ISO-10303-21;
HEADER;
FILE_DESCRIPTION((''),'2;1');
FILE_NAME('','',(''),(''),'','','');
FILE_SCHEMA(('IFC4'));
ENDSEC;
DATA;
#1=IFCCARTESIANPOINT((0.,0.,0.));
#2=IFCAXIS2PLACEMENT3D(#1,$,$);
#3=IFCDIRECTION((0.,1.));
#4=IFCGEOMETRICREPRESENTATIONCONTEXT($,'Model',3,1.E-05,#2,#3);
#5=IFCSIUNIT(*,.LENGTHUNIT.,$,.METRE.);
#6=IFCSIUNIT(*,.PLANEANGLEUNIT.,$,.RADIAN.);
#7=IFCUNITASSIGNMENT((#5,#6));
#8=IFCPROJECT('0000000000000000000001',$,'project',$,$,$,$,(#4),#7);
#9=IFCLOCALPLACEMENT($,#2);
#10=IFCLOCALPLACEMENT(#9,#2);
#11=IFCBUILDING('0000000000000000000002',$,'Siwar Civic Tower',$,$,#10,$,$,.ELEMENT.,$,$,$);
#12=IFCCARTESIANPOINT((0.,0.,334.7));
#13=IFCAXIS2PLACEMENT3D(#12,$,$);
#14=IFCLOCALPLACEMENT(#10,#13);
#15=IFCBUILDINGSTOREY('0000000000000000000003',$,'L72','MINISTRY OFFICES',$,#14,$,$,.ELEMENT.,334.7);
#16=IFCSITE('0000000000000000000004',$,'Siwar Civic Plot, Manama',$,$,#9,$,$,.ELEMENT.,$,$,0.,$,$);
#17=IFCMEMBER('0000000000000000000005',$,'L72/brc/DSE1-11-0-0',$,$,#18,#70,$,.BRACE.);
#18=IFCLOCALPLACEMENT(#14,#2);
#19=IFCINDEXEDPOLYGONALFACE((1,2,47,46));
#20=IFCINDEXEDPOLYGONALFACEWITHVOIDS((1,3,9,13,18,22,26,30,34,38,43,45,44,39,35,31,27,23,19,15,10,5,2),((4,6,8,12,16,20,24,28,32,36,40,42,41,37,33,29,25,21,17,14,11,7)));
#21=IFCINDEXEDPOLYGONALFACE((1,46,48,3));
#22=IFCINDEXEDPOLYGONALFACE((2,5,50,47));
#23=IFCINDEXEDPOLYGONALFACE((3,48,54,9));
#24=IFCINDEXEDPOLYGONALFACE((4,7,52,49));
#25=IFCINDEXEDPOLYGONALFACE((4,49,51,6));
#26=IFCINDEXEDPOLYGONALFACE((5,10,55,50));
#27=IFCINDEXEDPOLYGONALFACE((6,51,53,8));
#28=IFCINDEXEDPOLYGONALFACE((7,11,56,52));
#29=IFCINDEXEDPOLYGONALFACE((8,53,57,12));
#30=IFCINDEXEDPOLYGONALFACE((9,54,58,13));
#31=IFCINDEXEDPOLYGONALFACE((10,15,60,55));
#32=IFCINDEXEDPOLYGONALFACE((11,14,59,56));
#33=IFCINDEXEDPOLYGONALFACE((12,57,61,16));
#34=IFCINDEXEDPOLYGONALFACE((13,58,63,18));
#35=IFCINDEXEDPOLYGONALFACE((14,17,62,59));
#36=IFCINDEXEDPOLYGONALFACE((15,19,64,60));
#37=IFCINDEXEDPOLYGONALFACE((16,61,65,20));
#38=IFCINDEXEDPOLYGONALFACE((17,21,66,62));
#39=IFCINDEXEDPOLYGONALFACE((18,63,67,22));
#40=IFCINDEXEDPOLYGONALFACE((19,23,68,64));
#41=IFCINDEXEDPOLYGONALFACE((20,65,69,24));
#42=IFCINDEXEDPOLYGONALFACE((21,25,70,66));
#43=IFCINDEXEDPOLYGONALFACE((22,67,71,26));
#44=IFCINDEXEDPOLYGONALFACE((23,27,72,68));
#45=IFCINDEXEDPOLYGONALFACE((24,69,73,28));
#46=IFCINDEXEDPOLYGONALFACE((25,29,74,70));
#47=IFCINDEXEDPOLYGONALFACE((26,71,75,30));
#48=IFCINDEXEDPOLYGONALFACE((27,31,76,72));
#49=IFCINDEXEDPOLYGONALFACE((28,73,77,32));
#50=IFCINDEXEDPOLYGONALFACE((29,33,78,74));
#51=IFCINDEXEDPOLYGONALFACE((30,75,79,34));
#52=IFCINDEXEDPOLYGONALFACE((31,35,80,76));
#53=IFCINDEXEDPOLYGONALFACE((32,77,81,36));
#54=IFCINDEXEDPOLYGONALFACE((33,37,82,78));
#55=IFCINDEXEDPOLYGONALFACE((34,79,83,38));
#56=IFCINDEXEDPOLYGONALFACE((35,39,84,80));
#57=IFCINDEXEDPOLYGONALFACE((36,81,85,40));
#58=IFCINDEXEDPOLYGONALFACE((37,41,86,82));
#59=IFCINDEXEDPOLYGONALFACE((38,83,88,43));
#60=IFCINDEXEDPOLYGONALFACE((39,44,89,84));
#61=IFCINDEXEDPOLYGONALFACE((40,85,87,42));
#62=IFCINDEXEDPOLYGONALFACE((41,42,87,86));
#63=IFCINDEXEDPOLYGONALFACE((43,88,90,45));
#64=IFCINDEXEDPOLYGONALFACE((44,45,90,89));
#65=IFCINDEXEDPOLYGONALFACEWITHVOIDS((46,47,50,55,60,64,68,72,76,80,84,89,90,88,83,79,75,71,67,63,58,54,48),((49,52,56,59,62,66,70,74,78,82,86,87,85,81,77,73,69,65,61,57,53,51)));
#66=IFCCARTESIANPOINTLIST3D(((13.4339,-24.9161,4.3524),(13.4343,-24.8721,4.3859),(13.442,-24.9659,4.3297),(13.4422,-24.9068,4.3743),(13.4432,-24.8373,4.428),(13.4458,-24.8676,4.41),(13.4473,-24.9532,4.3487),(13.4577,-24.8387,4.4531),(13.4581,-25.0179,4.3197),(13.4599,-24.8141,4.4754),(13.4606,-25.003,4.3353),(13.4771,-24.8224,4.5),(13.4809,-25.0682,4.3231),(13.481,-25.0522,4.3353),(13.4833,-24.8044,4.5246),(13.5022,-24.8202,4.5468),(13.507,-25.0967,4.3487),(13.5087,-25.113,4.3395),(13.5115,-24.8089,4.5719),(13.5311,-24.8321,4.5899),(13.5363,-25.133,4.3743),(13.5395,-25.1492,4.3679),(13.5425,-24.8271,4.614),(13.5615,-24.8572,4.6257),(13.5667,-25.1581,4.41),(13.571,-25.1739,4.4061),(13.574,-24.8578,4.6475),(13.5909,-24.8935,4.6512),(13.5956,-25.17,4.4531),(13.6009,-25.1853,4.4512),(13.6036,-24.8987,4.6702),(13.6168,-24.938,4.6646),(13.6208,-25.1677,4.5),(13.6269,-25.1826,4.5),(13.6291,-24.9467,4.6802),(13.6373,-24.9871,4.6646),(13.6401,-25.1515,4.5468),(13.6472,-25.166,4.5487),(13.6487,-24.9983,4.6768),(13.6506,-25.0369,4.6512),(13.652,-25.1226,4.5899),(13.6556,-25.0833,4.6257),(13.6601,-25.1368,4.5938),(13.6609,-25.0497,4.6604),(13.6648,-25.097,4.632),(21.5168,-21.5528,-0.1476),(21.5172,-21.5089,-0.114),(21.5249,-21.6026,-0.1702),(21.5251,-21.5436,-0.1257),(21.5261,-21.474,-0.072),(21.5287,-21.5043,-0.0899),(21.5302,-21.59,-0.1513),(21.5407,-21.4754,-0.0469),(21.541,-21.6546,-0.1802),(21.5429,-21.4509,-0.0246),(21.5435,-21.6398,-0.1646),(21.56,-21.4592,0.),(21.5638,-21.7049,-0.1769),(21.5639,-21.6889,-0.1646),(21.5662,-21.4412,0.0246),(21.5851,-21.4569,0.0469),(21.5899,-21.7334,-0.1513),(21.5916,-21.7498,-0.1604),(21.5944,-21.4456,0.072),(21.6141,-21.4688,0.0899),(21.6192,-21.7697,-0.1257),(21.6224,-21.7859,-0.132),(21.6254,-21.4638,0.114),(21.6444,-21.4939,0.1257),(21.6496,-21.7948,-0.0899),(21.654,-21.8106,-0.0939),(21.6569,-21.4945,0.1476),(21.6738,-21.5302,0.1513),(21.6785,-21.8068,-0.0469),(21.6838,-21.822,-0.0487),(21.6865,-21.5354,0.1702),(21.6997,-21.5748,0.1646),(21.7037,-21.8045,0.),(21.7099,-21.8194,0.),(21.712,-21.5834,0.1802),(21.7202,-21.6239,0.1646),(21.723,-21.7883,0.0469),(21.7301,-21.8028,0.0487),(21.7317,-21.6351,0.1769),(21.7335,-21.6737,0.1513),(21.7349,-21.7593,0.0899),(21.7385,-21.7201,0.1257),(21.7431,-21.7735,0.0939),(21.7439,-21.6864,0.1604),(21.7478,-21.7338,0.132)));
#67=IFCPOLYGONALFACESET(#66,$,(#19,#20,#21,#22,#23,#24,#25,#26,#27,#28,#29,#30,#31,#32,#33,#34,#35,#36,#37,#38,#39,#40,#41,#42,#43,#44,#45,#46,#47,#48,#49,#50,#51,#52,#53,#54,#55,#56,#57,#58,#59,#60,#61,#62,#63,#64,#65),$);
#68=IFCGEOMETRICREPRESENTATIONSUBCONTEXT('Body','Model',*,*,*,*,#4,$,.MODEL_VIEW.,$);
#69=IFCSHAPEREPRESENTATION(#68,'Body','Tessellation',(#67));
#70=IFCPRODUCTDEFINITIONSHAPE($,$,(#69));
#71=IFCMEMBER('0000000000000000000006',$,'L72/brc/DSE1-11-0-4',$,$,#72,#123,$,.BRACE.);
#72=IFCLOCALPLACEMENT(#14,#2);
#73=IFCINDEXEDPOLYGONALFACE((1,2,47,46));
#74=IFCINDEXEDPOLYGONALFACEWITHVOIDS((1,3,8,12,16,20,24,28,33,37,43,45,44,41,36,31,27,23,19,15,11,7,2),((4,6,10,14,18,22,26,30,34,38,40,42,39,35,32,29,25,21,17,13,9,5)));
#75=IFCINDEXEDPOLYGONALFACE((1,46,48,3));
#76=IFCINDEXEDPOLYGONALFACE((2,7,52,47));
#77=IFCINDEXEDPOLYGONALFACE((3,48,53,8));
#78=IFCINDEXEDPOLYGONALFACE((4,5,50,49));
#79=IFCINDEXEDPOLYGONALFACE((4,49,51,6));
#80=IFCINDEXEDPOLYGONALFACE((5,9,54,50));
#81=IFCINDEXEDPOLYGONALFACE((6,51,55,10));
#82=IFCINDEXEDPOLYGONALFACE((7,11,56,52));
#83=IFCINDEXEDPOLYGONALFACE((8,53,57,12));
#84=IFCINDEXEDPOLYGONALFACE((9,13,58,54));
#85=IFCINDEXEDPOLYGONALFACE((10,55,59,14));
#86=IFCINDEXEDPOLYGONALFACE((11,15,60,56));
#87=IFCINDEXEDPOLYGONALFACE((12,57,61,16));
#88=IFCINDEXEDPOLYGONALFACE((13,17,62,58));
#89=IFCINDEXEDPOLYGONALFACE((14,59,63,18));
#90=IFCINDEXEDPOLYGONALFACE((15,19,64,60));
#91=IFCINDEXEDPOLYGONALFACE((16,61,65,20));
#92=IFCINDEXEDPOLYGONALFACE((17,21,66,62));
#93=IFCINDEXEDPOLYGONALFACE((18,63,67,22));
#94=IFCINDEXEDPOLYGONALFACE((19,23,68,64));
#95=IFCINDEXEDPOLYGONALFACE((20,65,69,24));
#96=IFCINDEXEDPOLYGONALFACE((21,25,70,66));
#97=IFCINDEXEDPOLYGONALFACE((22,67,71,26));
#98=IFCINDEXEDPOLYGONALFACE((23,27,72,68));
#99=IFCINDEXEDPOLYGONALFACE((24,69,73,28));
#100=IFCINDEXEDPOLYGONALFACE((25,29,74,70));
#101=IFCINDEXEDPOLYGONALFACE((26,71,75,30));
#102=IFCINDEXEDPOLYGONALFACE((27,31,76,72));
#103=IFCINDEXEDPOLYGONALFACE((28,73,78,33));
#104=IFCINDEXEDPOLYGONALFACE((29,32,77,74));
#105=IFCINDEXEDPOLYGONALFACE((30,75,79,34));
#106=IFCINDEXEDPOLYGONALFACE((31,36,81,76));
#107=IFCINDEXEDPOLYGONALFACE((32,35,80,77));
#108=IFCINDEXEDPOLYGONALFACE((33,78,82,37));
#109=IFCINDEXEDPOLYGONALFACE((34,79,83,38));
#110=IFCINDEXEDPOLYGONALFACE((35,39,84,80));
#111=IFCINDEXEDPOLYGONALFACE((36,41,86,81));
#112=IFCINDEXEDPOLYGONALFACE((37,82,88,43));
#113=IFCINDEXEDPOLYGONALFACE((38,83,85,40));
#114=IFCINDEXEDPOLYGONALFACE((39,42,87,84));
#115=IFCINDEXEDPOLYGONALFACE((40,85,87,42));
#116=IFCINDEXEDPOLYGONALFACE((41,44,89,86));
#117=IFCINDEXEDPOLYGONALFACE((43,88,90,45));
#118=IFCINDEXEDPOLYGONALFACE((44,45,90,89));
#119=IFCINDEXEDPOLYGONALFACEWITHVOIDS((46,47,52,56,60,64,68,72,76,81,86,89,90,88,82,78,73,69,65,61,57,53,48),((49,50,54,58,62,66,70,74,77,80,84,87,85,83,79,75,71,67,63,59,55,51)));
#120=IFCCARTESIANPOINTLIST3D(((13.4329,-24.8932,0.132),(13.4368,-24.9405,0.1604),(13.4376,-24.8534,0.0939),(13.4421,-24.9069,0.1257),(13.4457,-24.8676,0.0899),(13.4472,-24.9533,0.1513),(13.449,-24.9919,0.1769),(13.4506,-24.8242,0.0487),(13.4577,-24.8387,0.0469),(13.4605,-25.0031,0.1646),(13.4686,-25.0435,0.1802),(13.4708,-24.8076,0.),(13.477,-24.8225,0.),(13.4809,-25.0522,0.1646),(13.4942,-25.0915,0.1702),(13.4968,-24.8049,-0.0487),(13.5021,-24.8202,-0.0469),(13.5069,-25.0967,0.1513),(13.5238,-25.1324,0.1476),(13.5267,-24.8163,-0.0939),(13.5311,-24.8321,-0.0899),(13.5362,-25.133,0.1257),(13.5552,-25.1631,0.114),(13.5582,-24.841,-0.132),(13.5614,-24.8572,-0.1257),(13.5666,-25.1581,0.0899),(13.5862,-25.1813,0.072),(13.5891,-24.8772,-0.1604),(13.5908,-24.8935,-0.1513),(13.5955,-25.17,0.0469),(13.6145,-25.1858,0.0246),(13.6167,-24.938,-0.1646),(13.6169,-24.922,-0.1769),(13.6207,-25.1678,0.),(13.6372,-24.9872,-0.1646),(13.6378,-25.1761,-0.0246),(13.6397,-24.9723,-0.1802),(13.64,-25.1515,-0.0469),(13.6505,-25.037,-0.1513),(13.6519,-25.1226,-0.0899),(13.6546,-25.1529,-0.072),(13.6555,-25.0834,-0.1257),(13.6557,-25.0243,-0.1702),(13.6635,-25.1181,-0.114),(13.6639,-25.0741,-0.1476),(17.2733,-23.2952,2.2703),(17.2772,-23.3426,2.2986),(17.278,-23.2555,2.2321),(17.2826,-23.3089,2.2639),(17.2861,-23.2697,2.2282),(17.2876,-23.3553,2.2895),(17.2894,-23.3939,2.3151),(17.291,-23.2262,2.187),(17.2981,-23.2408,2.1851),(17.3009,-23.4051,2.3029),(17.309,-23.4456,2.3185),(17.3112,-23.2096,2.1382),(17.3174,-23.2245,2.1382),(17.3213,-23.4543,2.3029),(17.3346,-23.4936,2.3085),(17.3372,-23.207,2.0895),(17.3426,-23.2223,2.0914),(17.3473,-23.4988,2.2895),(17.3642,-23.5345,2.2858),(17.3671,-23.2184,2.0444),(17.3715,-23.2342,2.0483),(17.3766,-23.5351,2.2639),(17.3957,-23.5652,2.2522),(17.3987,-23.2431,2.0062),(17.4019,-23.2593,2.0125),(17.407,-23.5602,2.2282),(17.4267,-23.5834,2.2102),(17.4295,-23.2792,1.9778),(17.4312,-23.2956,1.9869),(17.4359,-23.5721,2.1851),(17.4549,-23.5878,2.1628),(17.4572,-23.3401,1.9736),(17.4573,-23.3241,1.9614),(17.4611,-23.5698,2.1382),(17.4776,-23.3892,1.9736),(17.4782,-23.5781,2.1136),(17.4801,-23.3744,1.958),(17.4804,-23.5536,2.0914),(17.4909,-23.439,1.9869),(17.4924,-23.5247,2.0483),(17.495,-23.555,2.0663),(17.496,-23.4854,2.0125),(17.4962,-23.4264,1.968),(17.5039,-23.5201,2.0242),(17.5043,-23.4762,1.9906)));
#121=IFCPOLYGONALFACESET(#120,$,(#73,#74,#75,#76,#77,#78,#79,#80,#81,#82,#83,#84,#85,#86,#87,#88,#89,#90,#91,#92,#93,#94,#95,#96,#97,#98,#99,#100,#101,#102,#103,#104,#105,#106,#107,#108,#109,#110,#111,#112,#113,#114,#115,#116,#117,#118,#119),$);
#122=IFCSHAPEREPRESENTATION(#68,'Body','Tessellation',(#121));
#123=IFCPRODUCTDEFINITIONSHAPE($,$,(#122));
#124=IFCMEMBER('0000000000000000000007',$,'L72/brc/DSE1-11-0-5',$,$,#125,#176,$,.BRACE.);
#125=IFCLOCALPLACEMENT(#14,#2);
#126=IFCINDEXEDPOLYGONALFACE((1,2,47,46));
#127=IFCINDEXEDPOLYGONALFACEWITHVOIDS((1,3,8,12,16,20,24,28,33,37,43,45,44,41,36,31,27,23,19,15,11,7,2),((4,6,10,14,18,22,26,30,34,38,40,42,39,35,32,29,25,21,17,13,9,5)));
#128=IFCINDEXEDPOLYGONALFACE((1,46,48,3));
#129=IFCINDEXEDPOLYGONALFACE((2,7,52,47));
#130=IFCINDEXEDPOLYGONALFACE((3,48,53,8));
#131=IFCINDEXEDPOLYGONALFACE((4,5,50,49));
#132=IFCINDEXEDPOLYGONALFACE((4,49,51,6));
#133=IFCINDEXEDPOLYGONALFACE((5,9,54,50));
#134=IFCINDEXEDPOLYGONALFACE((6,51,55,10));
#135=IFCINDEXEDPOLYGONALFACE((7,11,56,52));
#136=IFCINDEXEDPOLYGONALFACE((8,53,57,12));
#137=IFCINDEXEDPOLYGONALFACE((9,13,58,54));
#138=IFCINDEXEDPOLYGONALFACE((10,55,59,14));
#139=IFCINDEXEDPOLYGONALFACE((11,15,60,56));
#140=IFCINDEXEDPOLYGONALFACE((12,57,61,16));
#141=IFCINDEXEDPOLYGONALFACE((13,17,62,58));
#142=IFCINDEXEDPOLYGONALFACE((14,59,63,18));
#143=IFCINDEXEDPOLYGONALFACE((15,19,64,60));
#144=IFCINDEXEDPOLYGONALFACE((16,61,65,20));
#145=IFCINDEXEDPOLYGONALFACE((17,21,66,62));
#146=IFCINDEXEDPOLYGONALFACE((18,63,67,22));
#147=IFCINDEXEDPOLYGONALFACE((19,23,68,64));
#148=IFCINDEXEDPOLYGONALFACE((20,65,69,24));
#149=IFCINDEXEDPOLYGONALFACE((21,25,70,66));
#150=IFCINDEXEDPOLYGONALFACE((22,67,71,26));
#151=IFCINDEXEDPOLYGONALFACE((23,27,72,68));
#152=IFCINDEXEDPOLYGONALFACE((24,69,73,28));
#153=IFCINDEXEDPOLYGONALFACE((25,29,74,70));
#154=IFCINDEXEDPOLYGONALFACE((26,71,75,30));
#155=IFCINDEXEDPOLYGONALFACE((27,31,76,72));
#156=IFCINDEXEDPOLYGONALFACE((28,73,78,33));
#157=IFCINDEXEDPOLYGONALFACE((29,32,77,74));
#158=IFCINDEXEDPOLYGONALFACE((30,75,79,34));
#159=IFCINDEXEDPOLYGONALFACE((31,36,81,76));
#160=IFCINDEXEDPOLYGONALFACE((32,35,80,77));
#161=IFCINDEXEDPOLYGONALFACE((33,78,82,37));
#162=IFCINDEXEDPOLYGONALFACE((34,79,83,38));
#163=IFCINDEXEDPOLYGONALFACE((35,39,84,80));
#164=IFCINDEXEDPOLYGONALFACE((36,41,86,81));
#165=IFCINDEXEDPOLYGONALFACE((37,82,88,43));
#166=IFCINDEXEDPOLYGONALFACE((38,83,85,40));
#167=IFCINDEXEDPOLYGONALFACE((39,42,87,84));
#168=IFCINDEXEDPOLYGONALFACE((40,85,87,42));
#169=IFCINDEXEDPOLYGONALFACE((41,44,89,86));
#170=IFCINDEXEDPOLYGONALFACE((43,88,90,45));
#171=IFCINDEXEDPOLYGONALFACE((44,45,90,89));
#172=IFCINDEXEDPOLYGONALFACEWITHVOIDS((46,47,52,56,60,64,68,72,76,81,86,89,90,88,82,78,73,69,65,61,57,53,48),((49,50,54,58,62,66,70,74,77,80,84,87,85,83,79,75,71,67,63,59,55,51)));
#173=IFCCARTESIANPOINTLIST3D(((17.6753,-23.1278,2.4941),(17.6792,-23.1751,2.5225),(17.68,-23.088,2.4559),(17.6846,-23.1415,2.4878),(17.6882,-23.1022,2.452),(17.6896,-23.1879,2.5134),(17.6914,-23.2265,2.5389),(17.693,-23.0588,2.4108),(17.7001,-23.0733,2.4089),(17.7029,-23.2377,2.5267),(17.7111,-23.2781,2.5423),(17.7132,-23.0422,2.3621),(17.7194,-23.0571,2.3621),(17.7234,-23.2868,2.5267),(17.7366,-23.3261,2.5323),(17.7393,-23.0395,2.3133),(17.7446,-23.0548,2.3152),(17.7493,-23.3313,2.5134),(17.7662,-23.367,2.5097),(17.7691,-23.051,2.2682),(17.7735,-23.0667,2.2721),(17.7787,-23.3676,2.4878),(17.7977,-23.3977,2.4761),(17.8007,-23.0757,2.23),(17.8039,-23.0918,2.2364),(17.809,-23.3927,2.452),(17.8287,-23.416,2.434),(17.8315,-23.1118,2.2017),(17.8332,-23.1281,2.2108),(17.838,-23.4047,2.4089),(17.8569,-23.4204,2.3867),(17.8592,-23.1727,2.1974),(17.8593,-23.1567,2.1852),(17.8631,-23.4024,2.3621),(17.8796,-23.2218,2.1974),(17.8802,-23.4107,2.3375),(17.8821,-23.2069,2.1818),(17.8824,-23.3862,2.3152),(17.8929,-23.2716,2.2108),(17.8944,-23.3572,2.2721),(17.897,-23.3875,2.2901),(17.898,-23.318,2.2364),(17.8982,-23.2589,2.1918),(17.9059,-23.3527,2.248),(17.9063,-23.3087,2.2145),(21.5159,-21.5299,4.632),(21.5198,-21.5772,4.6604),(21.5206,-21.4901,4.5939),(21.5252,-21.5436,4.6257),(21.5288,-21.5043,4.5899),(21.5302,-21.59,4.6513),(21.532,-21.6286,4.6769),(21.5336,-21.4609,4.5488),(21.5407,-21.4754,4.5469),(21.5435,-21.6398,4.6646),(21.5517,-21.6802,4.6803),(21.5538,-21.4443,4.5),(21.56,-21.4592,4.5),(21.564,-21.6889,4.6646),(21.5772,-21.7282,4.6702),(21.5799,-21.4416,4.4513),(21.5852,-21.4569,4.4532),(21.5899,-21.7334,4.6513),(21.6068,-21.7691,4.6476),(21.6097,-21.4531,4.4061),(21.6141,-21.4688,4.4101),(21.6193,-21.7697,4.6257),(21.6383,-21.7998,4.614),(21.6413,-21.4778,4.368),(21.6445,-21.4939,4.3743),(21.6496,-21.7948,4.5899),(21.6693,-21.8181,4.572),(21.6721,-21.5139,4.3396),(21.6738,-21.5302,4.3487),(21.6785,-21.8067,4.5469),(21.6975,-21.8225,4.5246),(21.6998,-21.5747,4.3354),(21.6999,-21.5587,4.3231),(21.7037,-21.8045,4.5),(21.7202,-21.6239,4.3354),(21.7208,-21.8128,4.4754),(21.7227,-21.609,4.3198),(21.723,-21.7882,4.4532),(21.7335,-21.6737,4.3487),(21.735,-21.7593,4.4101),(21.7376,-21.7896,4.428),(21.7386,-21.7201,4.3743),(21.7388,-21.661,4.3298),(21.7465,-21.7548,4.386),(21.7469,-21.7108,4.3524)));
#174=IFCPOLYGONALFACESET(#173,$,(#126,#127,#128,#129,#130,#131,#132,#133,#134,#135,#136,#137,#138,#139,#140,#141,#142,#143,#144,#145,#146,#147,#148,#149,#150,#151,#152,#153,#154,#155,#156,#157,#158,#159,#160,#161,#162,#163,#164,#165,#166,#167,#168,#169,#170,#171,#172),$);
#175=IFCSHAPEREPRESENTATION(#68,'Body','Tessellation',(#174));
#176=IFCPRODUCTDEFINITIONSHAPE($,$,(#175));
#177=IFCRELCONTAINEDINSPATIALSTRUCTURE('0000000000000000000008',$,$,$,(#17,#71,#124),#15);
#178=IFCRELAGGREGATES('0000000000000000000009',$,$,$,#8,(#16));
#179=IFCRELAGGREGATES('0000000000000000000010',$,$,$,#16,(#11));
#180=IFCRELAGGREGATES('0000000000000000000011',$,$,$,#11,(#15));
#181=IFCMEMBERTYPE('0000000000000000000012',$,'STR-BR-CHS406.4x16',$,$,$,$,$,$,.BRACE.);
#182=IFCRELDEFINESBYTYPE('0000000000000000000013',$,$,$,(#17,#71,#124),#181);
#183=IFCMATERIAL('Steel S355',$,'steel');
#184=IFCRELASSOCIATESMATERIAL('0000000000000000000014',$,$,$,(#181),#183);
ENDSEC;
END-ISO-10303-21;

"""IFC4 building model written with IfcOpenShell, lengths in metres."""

from ifc_helpers import new_model, si_unit, direction, frame, origin, origin_2d, place, context, subcontext, project, spatial, hollow_circle, extrude, material, material_profile, profile_set, type_object, element, save


model = new_model("IFC4")

# Units and contexts
model_context = context("Model", 3, precision=1e-05, world=origin(), true_north=direction((0.0, 1.0)))
body_context = subcontext(model_context, "Body", "Model", "MODEL_VIEW")
ifc_project = project(units=[si_unit("LENGTHUNIT", "METRE"), si_unit("PLANEANGLEUNIT", "RADIAN")], contexts=[model_context])

# Site, building, storey
site_placement = place(None, origin())
site = spatial("IfcSite", under=ifc_project, at=site_placement, Name="Siwar Civic Plot, Manama", CompositionType="ELEMENT", RefElevation=0.0)
building_placement = place(site_placement, origin())
building = spatial("IfcBuilding", under=site, at=building_placement, Name="Siwar Civic Tower", CompositionType="ELEMENT")
storey_placement = place(building_placement, frame((0.0, 0.0, 334.7)))
storey = spatial("IfcBuildingStorey", under=building, at=storey_placement, Name="L72", Description="MINISTRY OFFICES", CompositionType="ELEMENT", Elevation=334.7)

# Members
ifc_material_1 = material(Name="Steel S355", Category="steel")
ifc_material_profile_1 = material_profile(ifc_material_1, hollow_circle(Radius=0.2031, WallThickness=0.0161, at=origin_2d()), Name="CHS406.4x16")
ifc_profile_set_1 = profile_set([ifc_material_profile_1], Name="Steel S355")
member_type_1 = type_object("IfcMemberType", Name="STR-BR-CHS406.4x16", PredefinedType="BRACE", material=ifc_profile_set_1)
member_1_placement = place(storey_placement, frame((21.6318, -21.6318, 0.0), z_axis=(-0.821143, -0.341671, 0.457149), x_axis=(0.384164, -0.923265, 0.0)))
element("IfcMember", 1, at=member_1_placement, inside=storey, type_object=member_type_1, Name="L72/brc/DSE1-11-0-0", PredefinedType="BRACE", context=body_context, shape_type="SweptSolid", body=[
    extrude(hollow_circle(Radius=0.2031, WallThickness=0.0161, at=origin_2d()), origin(), (0.0, 0.0, 1.0), 9.8435),
])
for number, where, z_axis, x_axis, name in (
    (2, (13.5488, -24.9951, 0.0), (0.82113, 0.341659, 0.457181), (-0.384157, 0.923268, 0.0), "L72/brc/DSE1-11-0-4"),
    (3, (17.7913, -23.2297, 2.3621), (0.821167, 0.341653, 0.45712), (-0.384136, 0.923276, 0.0), "L72/brc/DSE1-11-0-5"),
):
    element("IfcMember", number, at=place(storey_placement, frame(where, z_axis=z_axis, x_axis=x_axis)), inside=storey, type_object=member_type_1, Name=name, PredefinedType="BRACE", context=body_context, shape_type="SweptSolid", body=[
        extrude(hollow_circle(Radius=0.2031, WallThickness=0.0161, at=origin_2d()), origin(), (0.0, 0.0, 1.0), 4.677),
    ])

save(model, "model.ifc")
